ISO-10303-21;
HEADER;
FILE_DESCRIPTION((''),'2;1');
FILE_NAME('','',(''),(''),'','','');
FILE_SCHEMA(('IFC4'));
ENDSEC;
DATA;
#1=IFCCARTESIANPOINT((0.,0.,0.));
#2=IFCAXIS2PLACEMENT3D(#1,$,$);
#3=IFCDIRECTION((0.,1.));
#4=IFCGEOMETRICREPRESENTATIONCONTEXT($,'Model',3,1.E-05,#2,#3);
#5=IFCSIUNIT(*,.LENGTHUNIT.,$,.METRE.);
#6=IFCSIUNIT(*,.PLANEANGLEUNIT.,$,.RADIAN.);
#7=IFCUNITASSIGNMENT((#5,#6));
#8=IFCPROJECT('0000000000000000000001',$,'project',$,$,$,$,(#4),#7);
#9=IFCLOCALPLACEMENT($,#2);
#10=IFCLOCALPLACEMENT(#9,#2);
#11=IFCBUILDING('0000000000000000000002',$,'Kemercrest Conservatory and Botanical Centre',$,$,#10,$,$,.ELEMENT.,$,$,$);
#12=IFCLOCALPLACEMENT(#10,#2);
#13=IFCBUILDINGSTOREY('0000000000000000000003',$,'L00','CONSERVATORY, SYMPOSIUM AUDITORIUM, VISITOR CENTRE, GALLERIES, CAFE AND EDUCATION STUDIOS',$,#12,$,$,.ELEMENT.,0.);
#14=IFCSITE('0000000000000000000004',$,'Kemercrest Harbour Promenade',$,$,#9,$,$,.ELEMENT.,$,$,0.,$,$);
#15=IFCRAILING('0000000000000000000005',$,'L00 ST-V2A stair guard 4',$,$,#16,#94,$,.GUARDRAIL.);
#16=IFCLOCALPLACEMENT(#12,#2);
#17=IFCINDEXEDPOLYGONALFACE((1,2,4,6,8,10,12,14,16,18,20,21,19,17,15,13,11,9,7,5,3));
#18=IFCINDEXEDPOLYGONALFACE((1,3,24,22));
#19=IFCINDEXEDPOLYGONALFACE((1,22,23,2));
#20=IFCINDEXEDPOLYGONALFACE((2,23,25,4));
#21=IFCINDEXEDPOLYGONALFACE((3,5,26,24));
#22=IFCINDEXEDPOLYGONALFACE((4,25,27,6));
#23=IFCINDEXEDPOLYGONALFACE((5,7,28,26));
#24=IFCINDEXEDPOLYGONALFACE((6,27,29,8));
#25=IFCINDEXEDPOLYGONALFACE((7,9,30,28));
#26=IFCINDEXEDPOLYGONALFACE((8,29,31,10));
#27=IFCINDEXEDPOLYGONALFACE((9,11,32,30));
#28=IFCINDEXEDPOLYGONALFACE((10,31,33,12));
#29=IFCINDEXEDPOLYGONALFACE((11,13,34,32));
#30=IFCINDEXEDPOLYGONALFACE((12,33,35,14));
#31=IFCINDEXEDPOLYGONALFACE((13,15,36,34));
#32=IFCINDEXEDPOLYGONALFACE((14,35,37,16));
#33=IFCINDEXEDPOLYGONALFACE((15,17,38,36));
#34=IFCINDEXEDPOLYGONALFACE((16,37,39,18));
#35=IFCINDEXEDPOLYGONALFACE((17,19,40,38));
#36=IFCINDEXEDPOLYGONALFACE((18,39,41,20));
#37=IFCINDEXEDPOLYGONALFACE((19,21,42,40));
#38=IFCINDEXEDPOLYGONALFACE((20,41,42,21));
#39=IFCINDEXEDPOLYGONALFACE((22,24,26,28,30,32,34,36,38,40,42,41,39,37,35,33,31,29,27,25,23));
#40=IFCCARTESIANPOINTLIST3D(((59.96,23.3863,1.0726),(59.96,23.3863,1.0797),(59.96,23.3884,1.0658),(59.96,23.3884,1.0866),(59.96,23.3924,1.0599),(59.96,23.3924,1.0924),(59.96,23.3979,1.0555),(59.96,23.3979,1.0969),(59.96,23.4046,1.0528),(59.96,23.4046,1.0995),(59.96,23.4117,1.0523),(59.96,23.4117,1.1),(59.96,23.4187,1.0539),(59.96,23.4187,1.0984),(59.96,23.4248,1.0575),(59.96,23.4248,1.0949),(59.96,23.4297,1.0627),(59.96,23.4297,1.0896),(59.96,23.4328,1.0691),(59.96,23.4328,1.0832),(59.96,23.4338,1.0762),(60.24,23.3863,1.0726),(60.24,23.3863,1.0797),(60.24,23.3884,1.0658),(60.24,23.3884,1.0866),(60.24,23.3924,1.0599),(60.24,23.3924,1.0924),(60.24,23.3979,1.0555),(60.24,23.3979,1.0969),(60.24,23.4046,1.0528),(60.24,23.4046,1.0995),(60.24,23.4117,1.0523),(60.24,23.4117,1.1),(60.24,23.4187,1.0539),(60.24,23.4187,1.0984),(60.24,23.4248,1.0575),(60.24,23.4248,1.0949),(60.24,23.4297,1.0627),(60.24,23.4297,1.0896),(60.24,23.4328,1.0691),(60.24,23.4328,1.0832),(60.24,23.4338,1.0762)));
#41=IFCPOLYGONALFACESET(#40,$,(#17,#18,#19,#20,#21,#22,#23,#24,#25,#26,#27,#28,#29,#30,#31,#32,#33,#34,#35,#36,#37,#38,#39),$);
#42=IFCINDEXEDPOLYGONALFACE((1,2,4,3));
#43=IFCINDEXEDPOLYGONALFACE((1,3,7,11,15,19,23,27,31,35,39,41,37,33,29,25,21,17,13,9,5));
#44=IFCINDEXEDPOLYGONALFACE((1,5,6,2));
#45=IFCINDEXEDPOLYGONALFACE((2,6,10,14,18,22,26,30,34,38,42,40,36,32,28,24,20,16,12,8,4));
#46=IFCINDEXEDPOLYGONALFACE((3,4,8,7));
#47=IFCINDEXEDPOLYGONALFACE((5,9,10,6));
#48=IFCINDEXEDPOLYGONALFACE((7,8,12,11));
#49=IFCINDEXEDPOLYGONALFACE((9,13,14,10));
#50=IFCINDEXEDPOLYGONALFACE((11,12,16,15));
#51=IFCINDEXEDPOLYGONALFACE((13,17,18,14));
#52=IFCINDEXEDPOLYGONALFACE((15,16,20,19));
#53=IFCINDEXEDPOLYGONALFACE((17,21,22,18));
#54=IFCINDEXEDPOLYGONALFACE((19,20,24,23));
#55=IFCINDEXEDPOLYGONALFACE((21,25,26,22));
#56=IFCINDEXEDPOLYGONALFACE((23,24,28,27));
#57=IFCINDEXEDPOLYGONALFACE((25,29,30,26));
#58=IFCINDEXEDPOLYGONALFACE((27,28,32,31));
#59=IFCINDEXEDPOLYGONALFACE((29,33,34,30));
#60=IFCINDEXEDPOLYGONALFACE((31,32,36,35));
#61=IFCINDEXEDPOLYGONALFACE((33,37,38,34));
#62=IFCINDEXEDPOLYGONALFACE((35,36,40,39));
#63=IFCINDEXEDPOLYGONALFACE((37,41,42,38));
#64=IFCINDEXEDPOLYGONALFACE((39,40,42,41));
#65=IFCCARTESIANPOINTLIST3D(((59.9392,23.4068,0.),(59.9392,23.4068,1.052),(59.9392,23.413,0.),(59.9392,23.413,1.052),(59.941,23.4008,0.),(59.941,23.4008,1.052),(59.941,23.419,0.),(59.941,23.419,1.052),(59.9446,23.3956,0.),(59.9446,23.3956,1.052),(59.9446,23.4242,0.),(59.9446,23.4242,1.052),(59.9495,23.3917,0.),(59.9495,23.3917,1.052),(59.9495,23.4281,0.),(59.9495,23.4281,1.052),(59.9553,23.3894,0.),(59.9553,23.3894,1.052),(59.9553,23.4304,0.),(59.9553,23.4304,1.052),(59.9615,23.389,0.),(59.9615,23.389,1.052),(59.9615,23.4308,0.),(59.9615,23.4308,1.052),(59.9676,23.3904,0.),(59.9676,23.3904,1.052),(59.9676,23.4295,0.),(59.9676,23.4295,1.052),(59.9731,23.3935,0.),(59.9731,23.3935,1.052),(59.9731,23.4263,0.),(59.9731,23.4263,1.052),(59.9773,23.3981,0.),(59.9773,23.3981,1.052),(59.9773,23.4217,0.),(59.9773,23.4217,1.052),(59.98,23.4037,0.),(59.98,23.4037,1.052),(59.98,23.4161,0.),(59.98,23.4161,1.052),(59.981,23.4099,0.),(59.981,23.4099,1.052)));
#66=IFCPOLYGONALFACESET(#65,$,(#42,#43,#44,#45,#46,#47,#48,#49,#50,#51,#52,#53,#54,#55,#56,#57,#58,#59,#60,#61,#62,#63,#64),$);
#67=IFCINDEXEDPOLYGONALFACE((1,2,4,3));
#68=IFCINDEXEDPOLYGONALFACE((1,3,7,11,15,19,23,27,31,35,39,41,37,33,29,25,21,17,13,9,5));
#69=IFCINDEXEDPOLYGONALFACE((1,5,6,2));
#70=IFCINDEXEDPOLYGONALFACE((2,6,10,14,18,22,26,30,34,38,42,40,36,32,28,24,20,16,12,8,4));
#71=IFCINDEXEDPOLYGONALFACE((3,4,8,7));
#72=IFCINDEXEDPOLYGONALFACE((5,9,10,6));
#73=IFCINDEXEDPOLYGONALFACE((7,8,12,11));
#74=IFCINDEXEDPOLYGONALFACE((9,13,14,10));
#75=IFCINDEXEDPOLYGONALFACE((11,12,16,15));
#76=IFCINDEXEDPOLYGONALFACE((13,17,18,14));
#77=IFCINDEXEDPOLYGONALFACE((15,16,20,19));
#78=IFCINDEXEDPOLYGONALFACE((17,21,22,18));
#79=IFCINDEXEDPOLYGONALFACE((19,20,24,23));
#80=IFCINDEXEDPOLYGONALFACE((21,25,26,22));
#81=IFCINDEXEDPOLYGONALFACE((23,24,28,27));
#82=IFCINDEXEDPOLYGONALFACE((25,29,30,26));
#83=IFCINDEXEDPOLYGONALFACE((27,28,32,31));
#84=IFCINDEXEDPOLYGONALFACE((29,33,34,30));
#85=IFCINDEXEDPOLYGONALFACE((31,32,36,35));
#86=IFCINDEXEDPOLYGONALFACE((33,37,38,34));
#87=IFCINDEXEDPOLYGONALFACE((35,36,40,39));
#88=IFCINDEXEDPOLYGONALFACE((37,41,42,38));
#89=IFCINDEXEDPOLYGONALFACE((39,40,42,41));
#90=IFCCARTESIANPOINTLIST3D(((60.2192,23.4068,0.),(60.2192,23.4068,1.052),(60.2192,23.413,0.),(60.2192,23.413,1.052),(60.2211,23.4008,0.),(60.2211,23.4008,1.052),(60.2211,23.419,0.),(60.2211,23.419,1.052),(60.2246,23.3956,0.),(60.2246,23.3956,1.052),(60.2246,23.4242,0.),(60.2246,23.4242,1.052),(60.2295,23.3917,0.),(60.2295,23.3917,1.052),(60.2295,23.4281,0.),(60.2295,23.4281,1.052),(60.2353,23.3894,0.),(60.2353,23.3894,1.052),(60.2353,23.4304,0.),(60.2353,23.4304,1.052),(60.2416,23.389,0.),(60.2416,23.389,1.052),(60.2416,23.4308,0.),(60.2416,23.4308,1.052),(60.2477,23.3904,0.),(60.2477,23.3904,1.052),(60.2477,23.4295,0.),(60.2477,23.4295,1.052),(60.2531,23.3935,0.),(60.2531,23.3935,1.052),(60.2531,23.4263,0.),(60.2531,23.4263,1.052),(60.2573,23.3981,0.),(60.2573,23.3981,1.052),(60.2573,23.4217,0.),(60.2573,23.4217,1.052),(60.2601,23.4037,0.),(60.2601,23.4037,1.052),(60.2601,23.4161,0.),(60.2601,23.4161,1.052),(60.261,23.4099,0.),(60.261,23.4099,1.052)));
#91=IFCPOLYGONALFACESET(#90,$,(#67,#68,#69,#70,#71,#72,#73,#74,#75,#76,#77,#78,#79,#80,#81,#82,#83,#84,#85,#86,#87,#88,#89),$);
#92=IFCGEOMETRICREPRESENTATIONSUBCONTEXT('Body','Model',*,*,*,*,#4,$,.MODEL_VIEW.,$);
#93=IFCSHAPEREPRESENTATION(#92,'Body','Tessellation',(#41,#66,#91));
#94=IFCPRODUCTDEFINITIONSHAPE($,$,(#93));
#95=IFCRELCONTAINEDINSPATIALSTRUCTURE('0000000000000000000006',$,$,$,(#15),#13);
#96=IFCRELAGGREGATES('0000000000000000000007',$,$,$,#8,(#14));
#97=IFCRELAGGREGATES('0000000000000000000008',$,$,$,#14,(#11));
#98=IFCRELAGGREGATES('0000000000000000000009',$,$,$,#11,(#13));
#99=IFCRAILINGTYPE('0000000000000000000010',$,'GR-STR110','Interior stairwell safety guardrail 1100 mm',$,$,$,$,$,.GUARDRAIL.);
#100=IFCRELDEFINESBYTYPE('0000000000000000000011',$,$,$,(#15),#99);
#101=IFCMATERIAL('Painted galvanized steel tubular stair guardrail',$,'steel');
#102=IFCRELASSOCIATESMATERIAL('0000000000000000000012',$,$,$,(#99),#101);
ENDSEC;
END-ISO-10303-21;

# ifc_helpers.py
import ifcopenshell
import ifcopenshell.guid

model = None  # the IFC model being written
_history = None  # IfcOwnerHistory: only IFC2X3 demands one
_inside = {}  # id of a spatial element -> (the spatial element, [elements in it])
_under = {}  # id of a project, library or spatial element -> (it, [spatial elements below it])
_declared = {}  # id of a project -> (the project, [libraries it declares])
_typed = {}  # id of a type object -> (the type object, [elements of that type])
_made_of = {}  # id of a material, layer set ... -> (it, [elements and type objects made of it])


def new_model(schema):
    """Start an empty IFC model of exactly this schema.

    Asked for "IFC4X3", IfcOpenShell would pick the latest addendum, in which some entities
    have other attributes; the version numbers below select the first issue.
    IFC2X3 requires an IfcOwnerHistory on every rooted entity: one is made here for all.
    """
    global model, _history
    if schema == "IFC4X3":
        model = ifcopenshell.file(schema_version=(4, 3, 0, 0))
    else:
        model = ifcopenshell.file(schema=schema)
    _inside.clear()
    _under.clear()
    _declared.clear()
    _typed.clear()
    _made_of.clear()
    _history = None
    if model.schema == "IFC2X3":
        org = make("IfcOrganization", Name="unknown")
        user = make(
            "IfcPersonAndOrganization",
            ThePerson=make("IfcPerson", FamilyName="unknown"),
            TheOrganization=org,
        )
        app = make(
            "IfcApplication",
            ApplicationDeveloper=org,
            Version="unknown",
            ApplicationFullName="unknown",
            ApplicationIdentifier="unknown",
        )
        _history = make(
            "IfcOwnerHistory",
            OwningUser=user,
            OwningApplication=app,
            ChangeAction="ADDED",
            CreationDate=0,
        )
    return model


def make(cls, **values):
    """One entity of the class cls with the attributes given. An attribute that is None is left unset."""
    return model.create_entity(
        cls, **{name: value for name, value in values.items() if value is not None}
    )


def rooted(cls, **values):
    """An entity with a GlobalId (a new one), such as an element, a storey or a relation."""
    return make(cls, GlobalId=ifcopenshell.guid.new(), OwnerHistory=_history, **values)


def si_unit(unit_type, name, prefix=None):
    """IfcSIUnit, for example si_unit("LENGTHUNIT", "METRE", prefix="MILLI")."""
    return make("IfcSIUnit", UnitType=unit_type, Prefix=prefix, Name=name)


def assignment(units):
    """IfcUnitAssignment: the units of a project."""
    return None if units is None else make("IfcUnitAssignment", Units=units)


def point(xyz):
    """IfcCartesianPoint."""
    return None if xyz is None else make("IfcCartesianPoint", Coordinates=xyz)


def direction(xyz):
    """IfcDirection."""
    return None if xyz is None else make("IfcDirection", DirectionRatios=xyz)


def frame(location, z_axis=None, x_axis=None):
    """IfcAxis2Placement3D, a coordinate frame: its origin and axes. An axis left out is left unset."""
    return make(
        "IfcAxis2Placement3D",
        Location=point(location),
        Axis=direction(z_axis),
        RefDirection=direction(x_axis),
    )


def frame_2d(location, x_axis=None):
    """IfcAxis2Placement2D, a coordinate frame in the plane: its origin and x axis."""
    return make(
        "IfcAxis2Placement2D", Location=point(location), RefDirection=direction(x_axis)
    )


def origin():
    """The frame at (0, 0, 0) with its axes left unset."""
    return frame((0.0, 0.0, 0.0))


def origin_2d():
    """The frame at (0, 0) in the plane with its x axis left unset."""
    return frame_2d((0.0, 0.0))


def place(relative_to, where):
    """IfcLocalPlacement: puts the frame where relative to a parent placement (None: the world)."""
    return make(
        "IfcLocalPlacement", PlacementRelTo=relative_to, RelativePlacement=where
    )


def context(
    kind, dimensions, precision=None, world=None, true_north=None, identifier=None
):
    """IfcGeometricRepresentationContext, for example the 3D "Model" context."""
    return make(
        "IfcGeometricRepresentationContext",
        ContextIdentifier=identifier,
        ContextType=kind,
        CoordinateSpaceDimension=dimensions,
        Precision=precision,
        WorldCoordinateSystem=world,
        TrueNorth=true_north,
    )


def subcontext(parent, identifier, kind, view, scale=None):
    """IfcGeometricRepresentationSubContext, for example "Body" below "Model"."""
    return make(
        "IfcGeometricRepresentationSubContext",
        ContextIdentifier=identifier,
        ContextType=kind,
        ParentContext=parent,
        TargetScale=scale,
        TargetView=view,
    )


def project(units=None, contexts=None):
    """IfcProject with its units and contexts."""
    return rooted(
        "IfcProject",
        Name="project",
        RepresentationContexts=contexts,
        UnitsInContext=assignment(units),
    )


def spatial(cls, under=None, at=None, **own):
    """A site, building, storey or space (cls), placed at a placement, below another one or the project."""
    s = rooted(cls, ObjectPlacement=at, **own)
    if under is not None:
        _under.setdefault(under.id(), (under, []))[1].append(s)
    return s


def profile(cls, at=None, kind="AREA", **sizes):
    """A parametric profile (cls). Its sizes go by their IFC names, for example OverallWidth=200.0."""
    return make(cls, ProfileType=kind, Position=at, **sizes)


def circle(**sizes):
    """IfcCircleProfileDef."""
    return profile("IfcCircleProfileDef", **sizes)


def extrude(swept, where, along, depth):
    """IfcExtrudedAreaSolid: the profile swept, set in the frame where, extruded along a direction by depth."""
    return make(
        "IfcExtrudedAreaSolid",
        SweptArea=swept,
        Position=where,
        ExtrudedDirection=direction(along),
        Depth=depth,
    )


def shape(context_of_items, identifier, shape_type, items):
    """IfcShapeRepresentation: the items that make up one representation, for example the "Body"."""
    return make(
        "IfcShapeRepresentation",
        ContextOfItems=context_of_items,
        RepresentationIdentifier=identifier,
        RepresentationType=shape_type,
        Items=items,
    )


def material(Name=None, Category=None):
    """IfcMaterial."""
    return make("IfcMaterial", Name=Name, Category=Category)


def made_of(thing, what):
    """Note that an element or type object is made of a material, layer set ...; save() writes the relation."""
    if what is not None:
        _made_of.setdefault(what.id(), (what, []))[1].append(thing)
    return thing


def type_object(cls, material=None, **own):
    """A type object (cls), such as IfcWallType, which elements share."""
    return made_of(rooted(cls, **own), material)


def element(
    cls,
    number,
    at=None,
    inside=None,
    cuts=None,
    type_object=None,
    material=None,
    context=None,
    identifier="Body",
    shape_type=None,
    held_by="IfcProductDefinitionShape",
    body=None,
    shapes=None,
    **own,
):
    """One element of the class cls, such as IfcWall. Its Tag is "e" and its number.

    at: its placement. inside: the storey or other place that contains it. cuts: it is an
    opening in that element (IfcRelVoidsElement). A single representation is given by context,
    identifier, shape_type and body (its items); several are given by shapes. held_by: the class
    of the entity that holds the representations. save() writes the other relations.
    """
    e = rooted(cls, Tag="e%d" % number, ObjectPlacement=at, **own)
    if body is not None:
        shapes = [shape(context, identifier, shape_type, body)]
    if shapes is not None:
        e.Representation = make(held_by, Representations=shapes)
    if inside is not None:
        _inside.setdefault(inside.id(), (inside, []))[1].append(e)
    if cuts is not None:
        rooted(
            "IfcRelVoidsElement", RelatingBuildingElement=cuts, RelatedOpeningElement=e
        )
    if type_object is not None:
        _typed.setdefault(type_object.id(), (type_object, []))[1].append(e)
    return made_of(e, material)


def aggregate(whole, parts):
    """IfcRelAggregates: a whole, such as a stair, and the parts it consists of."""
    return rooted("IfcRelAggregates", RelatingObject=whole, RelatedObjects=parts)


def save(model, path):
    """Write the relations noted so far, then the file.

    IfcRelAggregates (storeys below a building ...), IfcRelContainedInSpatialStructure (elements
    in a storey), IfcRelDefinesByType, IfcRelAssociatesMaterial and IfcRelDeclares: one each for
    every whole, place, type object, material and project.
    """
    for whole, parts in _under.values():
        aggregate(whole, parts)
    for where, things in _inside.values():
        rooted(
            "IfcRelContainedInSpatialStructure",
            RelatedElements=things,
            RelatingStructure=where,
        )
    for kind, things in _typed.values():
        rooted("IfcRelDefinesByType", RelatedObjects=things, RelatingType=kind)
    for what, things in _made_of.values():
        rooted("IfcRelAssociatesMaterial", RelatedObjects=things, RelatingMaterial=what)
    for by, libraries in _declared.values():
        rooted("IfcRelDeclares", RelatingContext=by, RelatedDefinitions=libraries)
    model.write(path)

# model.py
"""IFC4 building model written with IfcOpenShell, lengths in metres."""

from ifc_helpers import new_model, si_unit, direction, frame, origin, origin_2d, place, context, subcontext, project, spatial, circle, extrude, material, type_object, element, save


model = new_model("IFC4")

# Units and contexts
model_context = context("Model", 3, precision=1e-05, world=origin(), true_north=direction((0.0, 1.0)))
body_context = subcontext(model_context, "Body", "Model", "MODEL_VIEW")
ifc_project = project(units=[si_unit("LENGTHUNIT", "METRE"), si_unit("PLANEANGLEUNIT", "RADIAN")], contexts=[model_context])

# Site, building, storey
site_placement = place(None, origin())
site = spatial("IfcSite", under=ifc_project, at=site_placement, Name="Kemercrest Harbour Promenade", CompositionType="ELEMENT", RefElevation=0.0)
building_placement = place(site_placement, origin())
building = spatial("IfcBuilding", under=site, at=building_placement, Name="Kemercrest Conservatory and Botanical Centre", CompositionType="ELEMENT")
storey_placement = place(building_placement, origin())
storey = spatial("IfcBuildingStorey", under=building, at=storey_placement, Name="L00", Description="CONSERVATORY, SYMPOSIUM AUDITORIUM, VISITOR CENTRE, GALLERIES, CAFE AND EDUCATION STUDIOS", CompositionType="ELEMENT", Elevation=0.0)

# Railing
ifc_material_1 = material(Name="Painted galvanized steel tubular stair guardrail", Category="steel")
railing_type_1 = type_object("IfcRailingType", Name="GR-STR110", Description="Interior stairwell safety guardrail 1100 mm", PredefinedType="GUARDRAIL", material=ifc_material_1)
railing_1_placement = place(storey_placement, frame((59.96, 23.4099, 0.0)))
element("IfcRailing", 1, at=railing_1_placement, inside=storey, type_object=railing_type_1, Name="L00 ST-V2A stair guard 4", PredefinedType="GUARDRAIL", context=body_context, shape_type="SweptSolid", body=[
    extrude(circle(Radius=0.0239, at=origin_2d()), frame((0.0, 0.0, 1.0762), z_axis=(1.0, 0.0, 0.0), x_axis=(0.0, 1.0, 0.0)), (0.0, 0.0, 1.0), 0.28),
    extrude(circle(Radius=0.021, at=origin_2d()), origin(), (0.0, 0.0, 1.0), 1.052),
    extrude(circle(Radius=0.021, at=origin_2d()), frame((0.28, 0.0, 0.0)), (0.0, 0.0, 1.0), 1.052),
])

save(model, "model.ifc")
